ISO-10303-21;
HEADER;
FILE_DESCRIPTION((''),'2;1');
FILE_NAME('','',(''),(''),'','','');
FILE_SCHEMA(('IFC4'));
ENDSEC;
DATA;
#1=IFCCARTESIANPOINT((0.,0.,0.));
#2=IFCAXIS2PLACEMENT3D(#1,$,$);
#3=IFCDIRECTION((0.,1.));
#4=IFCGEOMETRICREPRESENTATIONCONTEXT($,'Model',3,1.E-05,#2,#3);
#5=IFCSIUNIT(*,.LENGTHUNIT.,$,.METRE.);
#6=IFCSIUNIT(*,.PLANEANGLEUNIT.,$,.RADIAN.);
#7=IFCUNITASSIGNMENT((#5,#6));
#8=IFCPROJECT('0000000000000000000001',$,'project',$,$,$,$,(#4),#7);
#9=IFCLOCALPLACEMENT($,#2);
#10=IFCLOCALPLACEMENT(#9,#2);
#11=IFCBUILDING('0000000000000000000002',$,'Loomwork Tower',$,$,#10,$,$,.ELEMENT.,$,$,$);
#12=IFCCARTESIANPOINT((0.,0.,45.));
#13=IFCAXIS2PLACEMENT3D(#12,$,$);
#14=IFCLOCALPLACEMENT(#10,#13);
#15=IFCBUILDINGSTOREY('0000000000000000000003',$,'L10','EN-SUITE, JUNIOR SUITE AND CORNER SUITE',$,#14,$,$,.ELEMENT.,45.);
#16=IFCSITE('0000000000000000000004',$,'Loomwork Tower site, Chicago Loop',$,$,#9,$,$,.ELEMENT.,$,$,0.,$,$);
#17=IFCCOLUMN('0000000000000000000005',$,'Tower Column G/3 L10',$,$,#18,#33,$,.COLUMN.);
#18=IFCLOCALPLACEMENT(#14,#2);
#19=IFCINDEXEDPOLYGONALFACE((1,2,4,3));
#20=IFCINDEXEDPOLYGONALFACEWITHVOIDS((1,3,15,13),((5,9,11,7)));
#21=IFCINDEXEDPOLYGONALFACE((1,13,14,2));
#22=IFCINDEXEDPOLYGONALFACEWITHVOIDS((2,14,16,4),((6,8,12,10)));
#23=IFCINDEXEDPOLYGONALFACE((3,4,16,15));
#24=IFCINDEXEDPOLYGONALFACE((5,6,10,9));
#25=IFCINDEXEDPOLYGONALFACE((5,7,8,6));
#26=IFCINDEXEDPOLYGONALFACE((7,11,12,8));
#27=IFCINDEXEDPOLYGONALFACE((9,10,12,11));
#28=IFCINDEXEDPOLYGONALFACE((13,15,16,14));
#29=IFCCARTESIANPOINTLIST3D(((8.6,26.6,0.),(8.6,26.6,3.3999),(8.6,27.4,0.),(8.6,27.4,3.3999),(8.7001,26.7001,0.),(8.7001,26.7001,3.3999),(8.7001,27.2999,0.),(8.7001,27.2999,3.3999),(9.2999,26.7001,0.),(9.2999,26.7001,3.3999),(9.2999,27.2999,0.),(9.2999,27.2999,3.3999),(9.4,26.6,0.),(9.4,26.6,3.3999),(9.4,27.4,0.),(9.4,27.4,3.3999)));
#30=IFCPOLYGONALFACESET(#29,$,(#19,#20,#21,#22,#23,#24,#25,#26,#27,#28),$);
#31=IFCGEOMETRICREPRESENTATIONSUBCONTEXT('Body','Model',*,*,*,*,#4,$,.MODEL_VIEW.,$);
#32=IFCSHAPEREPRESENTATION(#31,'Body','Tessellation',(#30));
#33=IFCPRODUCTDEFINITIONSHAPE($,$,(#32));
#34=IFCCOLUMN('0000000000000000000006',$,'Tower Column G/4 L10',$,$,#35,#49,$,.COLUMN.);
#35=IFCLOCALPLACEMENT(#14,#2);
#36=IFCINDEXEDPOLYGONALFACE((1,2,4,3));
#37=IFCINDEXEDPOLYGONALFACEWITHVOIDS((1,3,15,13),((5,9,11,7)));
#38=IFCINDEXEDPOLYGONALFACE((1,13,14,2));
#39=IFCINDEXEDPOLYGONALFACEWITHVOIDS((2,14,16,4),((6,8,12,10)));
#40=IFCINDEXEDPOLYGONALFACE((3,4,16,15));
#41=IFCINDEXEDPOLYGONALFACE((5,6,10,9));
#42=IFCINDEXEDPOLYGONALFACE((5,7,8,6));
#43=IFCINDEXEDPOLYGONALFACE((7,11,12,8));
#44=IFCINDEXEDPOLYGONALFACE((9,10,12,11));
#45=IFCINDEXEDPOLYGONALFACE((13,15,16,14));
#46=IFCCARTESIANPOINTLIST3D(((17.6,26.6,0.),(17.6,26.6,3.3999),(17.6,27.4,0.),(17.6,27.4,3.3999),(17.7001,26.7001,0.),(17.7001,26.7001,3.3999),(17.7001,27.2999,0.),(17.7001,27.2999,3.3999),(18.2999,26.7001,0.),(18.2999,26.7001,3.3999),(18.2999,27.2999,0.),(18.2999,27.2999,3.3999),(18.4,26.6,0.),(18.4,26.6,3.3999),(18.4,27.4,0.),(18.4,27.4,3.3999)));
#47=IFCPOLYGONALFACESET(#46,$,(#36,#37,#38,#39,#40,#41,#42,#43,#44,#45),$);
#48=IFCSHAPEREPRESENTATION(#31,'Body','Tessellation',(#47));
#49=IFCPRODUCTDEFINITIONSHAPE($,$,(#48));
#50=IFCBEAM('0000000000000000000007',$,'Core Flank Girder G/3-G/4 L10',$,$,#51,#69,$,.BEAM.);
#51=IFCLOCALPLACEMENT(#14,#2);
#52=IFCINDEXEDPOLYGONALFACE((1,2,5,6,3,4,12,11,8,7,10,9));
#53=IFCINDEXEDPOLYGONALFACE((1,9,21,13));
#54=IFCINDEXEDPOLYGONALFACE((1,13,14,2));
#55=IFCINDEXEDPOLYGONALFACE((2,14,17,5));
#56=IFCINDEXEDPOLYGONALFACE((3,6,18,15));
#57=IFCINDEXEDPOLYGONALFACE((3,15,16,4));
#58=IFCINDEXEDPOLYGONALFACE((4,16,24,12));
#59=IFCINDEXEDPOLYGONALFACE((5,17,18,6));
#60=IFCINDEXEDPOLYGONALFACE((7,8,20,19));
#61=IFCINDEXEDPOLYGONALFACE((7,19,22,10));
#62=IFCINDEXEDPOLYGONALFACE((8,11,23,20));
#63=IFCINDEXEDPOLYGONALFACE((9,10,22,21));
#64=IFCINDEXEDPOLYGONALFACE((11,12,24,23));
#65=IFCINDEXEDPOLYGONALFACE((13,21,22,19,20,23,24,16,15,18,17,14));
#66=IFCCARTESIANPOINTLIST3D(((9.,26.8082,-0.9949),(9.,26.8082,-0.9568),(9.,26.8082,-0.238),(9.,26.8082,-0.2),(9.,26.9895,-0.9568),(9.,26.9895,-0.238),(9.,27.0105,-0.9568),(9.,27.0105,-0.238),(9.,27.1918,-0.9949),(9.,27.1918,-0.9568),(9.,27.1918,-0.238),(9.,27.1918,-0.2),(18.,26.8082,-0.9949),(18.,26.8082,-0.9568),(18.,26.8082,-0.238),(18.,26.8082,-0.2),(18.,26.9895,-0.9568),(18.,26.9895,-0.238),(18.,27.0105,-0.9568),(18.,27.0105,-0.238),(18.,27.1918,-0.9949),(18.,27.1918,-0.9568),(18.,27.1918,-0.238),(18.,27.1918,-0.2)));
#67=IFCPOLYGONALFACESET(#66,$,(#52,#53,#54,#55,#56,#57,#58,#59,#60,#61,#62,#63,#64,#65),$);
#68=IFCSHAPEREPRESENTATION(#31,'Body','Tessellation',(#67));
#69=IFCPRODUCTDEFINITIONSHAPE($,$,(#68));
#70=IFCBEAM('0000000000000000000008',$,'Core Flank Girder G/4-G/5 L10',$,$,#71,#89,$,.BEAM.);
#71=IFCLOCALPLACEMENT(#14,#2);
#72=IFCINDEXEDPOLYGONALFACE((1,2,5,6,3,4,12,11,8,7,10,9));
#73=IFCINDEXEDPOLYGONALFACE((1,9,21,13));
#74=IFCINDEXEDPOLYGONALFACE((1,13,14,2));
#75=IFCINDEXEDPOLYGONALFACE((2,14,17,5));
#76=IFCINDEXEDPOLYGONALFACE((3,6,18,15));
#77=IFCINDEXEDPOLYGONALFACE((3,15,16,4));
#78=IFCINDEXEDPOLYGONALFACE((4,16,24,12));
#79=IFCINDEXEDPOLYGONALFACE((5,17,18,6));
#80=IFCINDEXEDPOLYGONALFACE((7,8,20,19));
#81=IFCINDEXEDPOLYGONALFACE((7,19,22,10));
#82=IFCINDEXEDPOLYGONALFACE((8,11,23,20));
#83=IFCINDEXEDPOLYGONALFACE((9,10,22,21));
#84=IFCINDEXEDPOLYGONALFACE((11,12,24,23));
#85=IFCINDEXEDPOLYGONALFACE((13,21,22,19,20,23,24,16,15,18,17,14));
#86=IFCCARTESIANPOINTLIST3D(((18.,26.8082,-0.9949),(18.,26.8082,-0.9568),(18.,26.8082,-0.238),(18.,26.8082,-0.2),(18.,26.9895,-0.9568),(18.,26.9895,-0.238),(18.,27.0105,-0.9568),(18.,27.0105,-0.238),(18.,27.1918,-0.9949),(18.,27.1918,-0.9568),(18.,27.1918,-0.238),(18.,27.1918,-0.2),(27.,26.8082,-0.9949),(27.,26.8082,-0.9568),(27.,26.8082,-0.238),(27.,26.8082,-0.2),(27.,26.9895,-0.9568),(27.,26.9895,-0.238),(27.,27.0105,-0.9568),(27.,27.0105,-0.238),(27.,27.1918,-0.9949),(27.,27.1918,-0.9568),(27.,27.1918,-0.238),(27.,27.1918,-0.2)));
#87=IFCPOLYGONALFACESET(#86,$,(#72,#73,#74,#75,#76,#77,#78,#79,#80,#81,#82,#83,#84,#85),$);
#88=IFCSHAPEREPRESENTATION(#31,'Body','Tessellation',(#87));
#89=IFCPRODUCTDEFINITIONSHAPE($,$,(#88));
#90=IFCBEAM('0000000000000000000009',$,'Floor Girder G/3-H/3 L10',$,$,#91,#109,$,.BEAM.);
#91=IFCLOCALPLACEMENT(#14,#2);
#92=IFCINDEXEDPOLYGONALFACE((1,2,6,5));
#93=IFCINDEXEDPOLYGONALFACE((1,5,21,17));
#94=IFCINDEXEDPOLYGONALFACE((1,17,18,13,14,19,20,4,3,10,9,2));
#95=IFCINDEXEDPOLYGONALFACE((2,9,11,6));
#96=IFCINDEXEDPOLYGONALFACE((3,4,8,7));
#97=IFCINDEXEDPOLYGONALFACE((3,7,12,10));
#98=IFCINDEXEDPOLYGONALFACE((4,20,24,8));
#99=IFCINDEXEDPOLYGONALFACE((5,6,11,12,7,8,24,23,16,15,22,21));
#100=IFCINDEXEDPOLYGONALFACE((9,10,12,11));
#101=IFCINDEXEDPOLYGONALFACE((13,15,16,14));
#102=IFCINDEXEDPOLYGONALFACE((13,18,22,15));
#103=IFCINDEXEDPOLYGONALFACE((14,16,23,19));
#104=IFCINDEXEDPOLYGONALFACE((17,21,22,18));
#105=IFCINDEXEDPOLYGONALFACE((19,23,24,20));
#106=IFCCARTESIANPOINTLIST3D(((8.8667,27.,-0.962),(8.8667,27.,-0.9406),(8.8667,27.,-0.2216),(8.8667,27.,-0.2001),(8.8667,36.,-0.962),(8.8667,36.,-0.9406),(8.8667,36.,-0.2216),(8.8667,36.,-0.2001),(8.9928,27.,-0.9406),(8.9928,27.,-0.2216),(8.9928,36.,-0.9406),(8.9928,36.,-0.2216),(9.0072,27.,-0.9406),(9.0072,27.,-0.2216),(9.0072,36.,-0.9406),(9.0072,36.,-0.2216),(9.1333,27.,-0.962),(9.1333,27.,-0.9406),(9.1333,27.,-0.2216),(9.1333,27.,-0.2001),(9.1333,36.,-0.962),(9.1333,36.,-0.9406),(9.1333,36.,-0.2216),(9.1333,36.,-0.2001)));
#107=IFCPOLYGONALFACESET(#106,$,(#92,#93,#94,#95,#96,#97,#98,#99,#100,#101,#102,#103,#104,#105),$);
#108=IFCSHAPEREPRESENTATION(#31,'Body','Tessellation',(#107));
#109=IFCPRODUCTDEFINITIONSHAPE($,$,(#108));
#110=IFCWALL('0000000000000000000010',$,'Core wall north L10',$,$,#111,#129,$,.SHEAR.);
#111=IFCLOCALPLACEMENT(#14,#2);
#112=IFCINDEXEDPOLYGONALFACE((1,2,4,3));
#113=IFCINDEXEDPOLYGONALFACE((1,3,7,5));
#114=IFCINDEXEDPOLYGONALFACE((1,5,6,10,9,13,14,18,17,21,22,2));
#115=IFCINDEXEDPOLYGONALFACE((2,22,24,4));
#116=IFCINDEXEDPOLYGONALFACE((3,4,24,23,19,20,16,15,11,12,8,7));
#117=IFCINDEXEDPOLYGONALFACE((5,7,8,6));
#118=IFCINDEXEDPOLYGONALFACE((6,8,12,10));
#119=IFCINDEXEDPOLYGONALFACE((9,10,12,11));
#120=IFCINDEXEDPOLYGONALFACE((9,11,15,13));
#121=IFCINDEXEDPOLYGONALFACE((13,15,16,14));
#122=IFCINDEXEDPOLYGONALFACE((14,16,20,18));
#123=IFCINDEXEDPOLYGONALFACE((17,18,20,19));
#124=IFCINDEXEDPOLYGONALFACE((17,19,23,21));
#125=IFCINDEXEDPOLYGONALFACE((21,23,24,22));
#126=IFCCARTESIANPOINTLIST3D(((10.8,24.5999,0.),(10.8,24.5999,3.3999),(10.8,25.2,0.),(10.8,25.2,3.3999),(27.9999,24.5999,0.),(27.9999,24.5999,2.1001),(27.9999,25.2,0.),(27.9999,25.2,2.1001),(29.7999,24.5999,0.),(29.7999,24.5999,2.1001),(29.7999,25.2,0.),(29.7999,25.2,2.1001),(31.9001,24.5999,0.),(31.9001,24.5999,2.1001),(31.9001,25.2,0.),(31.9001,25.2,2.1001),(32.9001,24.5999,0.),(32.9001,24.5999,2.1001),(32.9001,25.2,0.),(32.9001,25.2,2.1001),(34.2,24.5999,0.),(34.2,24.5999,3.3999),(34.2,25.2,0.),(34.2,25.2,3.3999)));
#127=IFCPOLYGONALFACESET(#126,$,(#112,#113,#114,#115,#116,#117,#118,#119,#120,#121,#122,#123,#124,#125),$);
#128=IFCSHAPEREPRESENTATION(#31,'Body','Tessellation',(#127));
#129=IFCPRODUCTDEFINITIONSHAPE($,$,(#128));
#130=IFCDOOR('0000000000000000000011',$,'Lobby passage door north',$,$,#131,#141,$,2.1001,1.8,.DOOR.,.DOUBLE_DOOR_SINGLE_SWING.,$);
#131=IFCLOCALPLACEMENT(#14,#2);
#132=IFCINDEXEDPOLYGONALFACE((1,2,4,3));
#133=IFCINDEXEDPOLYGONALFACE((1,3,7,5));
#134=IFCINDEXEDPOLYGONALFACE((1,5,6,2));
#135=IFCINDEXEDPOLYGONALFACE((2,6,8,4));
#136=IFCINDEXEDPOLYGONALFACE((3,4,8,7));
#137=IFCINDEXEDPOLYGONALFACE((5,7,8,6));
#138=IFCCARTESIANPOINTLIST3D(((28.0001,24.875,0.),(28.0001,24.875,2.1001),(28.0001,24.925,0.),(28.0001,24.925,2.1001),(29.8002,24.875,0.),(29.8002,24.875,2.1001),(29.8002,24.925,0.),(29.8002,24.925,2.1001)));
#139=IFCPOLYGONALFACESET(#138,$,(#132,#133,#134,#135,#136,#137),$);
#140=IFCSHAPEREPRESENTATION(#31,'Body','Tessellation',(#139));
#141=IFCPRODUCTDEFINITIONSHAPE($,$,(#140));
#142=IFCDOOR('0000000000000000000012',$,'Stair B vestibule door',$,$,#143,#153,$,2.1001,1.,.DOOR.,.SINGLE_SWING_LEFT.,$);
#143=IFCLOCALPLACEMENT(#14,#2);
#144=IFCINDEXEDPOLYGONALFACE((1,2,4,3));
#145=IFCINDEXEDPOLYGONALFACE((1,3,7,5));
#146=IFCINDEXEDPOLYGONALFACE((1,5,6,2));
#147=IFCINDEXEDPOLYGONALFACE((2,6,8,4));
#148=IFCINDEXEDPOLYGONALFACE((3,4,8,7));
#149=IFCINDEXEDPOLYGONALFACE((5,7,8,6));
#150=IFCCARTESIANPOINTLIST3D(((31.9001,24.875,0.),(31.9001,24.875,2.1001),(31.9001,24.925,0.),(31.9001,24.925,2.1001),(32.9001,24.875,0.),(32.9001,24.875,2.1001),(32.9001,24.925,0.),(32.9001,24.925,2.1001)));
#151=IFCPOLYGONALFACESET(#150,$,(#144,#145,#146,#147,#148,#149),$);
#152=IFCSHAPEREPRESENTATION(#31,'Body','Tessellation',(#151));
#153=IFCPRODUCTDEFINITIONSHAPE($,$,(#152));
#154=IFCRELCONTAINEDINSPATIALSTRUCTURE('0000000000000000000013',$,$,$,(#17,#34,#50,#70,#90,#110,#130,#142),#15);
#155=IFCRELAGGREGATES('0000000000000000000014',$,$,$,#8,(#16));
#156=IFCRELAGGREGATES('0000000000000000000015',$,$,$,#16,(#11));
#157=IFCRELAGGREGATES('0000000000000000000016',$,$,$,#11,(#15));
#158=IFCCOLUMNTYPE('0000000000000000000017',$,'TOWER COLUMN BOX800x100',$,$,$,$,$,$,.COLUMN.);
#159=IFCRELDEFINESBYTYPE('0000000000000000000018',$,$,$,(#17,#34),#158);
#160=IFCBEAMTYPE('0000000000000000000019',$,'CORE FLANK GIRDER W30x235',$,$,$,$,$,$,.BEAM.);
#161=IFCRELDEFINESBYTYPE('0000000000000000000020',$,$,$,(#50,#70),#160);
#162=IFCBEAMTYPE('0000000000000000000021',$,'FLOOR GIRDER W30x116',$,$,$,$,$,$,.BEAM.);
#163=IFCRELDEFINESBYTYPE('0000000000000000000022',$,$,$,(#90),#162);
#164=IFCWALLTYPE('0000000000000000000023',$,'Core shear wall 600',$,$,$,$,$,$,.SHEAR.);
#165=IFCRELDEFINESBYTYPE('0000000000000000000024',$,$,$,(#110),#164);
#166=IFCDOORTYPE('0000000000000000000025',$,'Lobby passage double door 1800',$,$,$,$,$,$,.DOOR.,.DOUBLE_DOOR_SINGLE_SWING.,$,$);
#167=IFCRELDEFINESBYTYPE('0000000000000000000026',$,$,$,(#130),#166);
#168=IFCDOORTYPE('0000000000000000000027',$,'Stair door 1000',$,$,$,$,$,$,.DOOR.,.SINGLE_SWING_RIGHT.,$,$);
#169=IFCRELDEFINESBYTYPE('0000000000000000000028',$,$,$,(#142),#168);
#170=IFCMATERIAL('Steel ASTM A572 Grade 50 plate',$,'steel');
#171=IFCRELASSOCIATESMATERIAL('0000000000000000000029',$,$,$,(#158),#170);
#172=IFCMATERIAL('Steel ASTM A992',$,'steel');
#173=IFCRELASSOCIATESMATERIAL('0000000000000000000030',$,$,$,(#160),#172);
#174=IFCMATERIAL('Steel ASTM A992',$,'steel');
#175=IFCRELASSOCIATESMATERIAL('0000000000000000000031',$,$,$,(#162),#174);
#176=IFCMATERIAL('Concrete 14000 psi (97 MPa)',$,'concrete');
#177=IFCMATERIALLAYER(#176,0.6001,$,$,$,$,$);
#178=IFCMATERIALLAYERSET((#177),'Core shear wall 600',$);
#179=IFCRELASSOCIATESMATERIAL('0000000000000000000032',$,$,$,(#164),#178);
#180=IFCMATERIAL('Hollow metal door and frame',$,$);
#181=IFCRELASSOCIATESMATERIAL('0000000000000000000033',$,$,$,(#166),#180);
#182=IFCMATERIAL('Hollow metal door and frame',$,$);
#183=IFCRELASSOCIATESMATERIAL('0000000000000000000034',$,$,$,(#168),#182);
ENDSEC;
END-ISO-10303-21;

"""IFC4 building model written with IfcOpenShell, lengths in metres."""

from ifc_helpers import new_model, si_unit, direction, frame, frame_2d, origin, origin_2d, place, context, subcontext, project, spatial, rectangle, hollow_rectangle, i_section, extrude, material, layer, layer_set, material_profile, profile_set, type_object, element, fill, save


model = new_model("IFC4")

# Units and contexts
model_context = context("Model", 3, precision=1e-05, world=origin(), true_north=direction((0.0, 1.0)))
body_context = subcontext(model_context, "Body", "Model", "MODEL_VIEW")
ifc_project = project(units=[si_unit("LENGTHUNIT", "METRE"), si_unit("PLANEANGLEUNIT", "RADIAN")], contexts=[model_context])

# Site, building, storey
site_placement = place(None, origin())
site = spatial("IfcSite", under=ifc_project, at=site_placement, Name="Loomwork Tower site, Chicago Loop", CompositionType="ELEMENT", RefElevation=0.0)
building_placement = place(site_placement, origin())
building = spatial("IfcBuilding", under=site, at=building_placement, Name="Loomwork Tower", CompositionType="ELEMENT")
storey_placement = place(building_placement, frame((0.0, 0.0, 45.0)))
storey = spatial("IfcBuildingStorey", under=building, at=storey_placement, Name="L10", Description="EN-SUITE, JUNIOR SUITE AND CORNER SUITE", CompositionType="ELEMENT", Elevation=45.0)

# Columns
ifc_material_1 = material(Name="Steel ASTM A572 Grade 50 plate", Category="steel")
ifc_material_profile_1 = material_profile(ifc_material_1, hollow_rectangle(XDim=0.8, YDim=0.8, WallThickness=0.1001, at=origin_2d()), Name="BOX800x100")
ifc_profile_set_1 = profile_set([ifc_material_profile_1], Name="Steel ASTM A572 Grade 50 plate")
column_type = type_object("IfcColumnType", Name="TOWER COLUMN BOX800x100", PredefinedType="COLUMN", material=ifc_profile_set_1)
for number, where, z_axis, x_axis, name in (
    (1, (9.0, 27.0, 0.0), (0.0, 0.0, 1.0), (1.0, 0.0, 0.0), "Tower Column G/3 L10"),
    (2, (18.0, 27.0, 0.0), (0.0, 0.0, 1.0), (1.0, 0.0, 0.0), "Tower Column G/4 L10"),
):
    element("IfcColumn", number, at=place(storey_placement, frame(where, z_axis=z_axis, x_axis=x_axis)), inside=storey, type_object=column_type, Name=name, PredefinedType="COLUMN", context=body_context, shape_type="SweptSolid", body=[
        extrude(hollow_rectangle(XDim=0.8, YDim=0.8, WallThickness=0.1001, at=origin_2d()), origin(), (0.0, 0.0, 1.0), 3.3999),
    ])

# Beams
ifc_material_2 = material(Name="Steel ASTM A992", Category="steel")
ifc_material_profile_2 = material_profile(ifc_material_2, i_section(OverallWidth=0.3835, OverallDepth=0.7949, WebThickness=0.021, FlangeThickness=0.0381, at=origin_2d()), Name="W30x235")
ifc_profile_set_2 = profile_set([ifc_material_profile_2], Name="Steel ASTM A992")
beam_type_1 = type_object("IfcBeamType", Name="CORE FLANK GIRDER W30x235", PredefinedType="BEAM", material=ifc_profile_set_2)
for number, where, z_axis, x_axis, name in (
    (3, (9.0, 27.0, -0.5974), (1.0, 0.0, 0.0), (0.0, 1.0, 0.0), "Core Flank Girder G/3-G/4 L10"),
    (4, (18.0, 27.0, -0.5974), (1.0, 0.0, 0.0), (0.0, 1.0, 0.0), "Core Flank Girder G/4-G/5 L10"),
):
    element("IfcBeam", number, at=place(storey_placement, frame(where, z_axis=z_axis, x_axis=x_axis)), inside=storey, type_object=beam_type_1, Name=name, PredefinedType="BEAM", context=body_context, shape_type="SweptSolid", body=[
        extrude(i_section(OverallWidth=0.3835, OverallDepth=0.7949, WebThickness=0.021, FlangeThickness=0.0381, at=origin_2d()), origin(), (0.0, 0.0, 1.0), 9.0),
    ])
ifc_material_3 = material(Name="Steel ASTM A992", Category="steel")
ifc_material_profile_3 = material_profile(ifc_material_3, i_section(OverallWidth=0.2666, OverallDepth=0.762, WebThickness=0.0144, FlangeThickness=0.0215, at=origin_2d()), Name="W30x116")
ifc_profile_set_3 = profile_set([ifc_material_profile_3], Name="Steel ASTM A992")
beam_type_2 = type_object("IfcBeamType", Name="FLOOR GIRDER W30x116", PredefinedType="BEAM", material=ifc_profile_set_3)
beam_placement = place(storey_placement, frame((9.0, 27.0, -0.5811), z_axis=(0.0, 1.0, 0.0), x_axis=(-1.0, 0.0, 0.0)))
element("IfcBeam", 5, at=beam_placement, inside=storey, type_object=beam_type_2, Name="Floor Girder G/3-H/3 L10", PredefinedType="BEAM", context=body_context, shape_type="SweptSolid", body=[
    extrude(i_section(OverallWidth=0.2666, OverallDepth=0.762, WebThickness=0.0144, FlangeThickness=0.0215, at=origin_2d()), origin(), (0.0, 0.0, 1.0), 9.0),
])

# Wall, openings, doors
ifc_material_4 = material(Name="Concrete 14000 psi (97 MPa)", Category="concrete")
ifc_layer_1 = layer(ifc_material_4, 0.6001)
ifc_layer_set_1 = layer_set([ifc_layer_1], Name="Core shear wall 600")
wall_type_1 = type_object("IfcWallType", Name="Core shear wall 600", PredefinedType="SHEAR", material=ifc_layer_set_1)
wall_1_placement = place(storey_placement, frame((10.8, 24.8999, 0.0), z_axis=(0.0, 0.0, 1.0), x_axis=(1.0, 0.0, 0.0)))
wall_1 = element("IfcWall", 6, at=wall_1_placement, inside=storey, type_object=wall_type_1, Name="Core wall north L10", PredefinedType="SHEAR", context=body_context, shape_type="SweptSolid", body=[
    extrude(rectangle(XDim=23.3999, YDim=0.6001, at=frame_2d((11.7, 0.0))), origin(), (0.0, 0.0, 1.0), 3.3999),
])
opening_1_placement = place(wall_1_placement, frame((17.2, 0.0, 0.0)))
opening_1 = element("IfcOpeningElement", 7, at=opening_1_placement, cuts=wall_1, PredefinedType="OPENING", context=body_context, shape_type="SweptSolid", body=[
    extrude(rectangle(XDim=1.8, YDim=2.1001, at=frame_2d((0.8999, 1.05))), frame((0.0, 0.3101, 0.0), z_axis=(0.0, -1.0, 0.0), x_axis=(1.0, 0.0, 0.0)), (0.0, 0.0, 1.0), 0.6201),
])
opening_2_placement = place(wall_1_placement, frame((21.1001, 0.0, 0.0)))
opening_2 = element("IfcOpeningElement", 8, at=opening_2_placement, cuts=wall_1, PredefinedType="OPENING", context=body_context, shape_type="SweptSolid", body=[
    extrude(rectangle(XDim=1.0, YDim=2.1001, at=frame_2d((0.5, 1.05))), frame((0.0, 0.3101, 0.0), z_axis=(0.0, -1.0, 0.0), x_axis=(1.0, 0.0, 0.0)), (0.0, 0.0, 1.0), 0.6201),
])
ifc_material_5 = material(Name="Hollow metal door and frame")
door_type_1 = type_object("IfcDoorType", Name="Lobby passage double door 1800", OperationType="DOUBLE_DOOR_SINGLE_SWING", PredefinedType="DOOR", material=ifc_material_5)
door_1_placement = place(opening_1_placement, frame((1.8, 0.0, 0.0), z_axis=(0.0, 0.0, 1.0), x_axis=(-1.0, 0.0, 0.0)))
door_1 = element("IfcDoor", 9, at=door_1_placement, inside=storey, type_object=door_type_1, Name="Lobby passage door north", OperationType="DOUBLE_DOOR_SINGLE_SWING", OverallHeight=2.1001, OverallWidth=1.8, PredefinedType="DOOR", context=body_context, shape_type="SweptSolid", body=[
    extrude(rectangle(XDim=1.8, YDim=2.1001, at=frame_2d((0.8999, 1.05))), frame((0.0, 0.0249, 0.0), z_axis=(0.0, -1.0, 0.0), x_axis=(1.0, 0.0, 0.0)), (0.0, 0.0, 1.0), 0.05),
])
fill(opening_1, door_1)
ifc_material_6 = material(Name="Hollow metal door and frame")
door_type_2 = type_object("IfcDoorType", Name="Stair door 1000", OperationType="SINGLE_SWING_RIGHT", PredefinedType="DOOR", material=ifc_material_6)
door_2_placement = place(opening_2_placement, frame((1.0, 0.0, 0.0), z_axis=(0.0, 0.0, 1.0), x_axis=(-1.0, 0.0, 0.0)))
door_2 = element("IfcDoor", 10, at=door_2_placement, inside=storey, type_object=door_type_2, Name="Stair B vestibule door", OperationType="SINGLE_SWING_LEFT", OverallHeight=2.1001, OverallWidth=1.0, PredefinedType="DOOR", context=body_context, shape_type="SweptSolid", body=[
    extrude(rectangle(XDim=1.0, YDim=2.1001, at=frame_2d((0.5, 1.05))), frame((0.0, 0.0249, 0.0), z_axis=(0.0, -1.0, 0.0), x_axis=(1.0, 0.0, 0.0)), (0.0, 0.0, 1.0), 0.05),
])
fill(opening_2, door_2)

save(model, "model.ifc")
